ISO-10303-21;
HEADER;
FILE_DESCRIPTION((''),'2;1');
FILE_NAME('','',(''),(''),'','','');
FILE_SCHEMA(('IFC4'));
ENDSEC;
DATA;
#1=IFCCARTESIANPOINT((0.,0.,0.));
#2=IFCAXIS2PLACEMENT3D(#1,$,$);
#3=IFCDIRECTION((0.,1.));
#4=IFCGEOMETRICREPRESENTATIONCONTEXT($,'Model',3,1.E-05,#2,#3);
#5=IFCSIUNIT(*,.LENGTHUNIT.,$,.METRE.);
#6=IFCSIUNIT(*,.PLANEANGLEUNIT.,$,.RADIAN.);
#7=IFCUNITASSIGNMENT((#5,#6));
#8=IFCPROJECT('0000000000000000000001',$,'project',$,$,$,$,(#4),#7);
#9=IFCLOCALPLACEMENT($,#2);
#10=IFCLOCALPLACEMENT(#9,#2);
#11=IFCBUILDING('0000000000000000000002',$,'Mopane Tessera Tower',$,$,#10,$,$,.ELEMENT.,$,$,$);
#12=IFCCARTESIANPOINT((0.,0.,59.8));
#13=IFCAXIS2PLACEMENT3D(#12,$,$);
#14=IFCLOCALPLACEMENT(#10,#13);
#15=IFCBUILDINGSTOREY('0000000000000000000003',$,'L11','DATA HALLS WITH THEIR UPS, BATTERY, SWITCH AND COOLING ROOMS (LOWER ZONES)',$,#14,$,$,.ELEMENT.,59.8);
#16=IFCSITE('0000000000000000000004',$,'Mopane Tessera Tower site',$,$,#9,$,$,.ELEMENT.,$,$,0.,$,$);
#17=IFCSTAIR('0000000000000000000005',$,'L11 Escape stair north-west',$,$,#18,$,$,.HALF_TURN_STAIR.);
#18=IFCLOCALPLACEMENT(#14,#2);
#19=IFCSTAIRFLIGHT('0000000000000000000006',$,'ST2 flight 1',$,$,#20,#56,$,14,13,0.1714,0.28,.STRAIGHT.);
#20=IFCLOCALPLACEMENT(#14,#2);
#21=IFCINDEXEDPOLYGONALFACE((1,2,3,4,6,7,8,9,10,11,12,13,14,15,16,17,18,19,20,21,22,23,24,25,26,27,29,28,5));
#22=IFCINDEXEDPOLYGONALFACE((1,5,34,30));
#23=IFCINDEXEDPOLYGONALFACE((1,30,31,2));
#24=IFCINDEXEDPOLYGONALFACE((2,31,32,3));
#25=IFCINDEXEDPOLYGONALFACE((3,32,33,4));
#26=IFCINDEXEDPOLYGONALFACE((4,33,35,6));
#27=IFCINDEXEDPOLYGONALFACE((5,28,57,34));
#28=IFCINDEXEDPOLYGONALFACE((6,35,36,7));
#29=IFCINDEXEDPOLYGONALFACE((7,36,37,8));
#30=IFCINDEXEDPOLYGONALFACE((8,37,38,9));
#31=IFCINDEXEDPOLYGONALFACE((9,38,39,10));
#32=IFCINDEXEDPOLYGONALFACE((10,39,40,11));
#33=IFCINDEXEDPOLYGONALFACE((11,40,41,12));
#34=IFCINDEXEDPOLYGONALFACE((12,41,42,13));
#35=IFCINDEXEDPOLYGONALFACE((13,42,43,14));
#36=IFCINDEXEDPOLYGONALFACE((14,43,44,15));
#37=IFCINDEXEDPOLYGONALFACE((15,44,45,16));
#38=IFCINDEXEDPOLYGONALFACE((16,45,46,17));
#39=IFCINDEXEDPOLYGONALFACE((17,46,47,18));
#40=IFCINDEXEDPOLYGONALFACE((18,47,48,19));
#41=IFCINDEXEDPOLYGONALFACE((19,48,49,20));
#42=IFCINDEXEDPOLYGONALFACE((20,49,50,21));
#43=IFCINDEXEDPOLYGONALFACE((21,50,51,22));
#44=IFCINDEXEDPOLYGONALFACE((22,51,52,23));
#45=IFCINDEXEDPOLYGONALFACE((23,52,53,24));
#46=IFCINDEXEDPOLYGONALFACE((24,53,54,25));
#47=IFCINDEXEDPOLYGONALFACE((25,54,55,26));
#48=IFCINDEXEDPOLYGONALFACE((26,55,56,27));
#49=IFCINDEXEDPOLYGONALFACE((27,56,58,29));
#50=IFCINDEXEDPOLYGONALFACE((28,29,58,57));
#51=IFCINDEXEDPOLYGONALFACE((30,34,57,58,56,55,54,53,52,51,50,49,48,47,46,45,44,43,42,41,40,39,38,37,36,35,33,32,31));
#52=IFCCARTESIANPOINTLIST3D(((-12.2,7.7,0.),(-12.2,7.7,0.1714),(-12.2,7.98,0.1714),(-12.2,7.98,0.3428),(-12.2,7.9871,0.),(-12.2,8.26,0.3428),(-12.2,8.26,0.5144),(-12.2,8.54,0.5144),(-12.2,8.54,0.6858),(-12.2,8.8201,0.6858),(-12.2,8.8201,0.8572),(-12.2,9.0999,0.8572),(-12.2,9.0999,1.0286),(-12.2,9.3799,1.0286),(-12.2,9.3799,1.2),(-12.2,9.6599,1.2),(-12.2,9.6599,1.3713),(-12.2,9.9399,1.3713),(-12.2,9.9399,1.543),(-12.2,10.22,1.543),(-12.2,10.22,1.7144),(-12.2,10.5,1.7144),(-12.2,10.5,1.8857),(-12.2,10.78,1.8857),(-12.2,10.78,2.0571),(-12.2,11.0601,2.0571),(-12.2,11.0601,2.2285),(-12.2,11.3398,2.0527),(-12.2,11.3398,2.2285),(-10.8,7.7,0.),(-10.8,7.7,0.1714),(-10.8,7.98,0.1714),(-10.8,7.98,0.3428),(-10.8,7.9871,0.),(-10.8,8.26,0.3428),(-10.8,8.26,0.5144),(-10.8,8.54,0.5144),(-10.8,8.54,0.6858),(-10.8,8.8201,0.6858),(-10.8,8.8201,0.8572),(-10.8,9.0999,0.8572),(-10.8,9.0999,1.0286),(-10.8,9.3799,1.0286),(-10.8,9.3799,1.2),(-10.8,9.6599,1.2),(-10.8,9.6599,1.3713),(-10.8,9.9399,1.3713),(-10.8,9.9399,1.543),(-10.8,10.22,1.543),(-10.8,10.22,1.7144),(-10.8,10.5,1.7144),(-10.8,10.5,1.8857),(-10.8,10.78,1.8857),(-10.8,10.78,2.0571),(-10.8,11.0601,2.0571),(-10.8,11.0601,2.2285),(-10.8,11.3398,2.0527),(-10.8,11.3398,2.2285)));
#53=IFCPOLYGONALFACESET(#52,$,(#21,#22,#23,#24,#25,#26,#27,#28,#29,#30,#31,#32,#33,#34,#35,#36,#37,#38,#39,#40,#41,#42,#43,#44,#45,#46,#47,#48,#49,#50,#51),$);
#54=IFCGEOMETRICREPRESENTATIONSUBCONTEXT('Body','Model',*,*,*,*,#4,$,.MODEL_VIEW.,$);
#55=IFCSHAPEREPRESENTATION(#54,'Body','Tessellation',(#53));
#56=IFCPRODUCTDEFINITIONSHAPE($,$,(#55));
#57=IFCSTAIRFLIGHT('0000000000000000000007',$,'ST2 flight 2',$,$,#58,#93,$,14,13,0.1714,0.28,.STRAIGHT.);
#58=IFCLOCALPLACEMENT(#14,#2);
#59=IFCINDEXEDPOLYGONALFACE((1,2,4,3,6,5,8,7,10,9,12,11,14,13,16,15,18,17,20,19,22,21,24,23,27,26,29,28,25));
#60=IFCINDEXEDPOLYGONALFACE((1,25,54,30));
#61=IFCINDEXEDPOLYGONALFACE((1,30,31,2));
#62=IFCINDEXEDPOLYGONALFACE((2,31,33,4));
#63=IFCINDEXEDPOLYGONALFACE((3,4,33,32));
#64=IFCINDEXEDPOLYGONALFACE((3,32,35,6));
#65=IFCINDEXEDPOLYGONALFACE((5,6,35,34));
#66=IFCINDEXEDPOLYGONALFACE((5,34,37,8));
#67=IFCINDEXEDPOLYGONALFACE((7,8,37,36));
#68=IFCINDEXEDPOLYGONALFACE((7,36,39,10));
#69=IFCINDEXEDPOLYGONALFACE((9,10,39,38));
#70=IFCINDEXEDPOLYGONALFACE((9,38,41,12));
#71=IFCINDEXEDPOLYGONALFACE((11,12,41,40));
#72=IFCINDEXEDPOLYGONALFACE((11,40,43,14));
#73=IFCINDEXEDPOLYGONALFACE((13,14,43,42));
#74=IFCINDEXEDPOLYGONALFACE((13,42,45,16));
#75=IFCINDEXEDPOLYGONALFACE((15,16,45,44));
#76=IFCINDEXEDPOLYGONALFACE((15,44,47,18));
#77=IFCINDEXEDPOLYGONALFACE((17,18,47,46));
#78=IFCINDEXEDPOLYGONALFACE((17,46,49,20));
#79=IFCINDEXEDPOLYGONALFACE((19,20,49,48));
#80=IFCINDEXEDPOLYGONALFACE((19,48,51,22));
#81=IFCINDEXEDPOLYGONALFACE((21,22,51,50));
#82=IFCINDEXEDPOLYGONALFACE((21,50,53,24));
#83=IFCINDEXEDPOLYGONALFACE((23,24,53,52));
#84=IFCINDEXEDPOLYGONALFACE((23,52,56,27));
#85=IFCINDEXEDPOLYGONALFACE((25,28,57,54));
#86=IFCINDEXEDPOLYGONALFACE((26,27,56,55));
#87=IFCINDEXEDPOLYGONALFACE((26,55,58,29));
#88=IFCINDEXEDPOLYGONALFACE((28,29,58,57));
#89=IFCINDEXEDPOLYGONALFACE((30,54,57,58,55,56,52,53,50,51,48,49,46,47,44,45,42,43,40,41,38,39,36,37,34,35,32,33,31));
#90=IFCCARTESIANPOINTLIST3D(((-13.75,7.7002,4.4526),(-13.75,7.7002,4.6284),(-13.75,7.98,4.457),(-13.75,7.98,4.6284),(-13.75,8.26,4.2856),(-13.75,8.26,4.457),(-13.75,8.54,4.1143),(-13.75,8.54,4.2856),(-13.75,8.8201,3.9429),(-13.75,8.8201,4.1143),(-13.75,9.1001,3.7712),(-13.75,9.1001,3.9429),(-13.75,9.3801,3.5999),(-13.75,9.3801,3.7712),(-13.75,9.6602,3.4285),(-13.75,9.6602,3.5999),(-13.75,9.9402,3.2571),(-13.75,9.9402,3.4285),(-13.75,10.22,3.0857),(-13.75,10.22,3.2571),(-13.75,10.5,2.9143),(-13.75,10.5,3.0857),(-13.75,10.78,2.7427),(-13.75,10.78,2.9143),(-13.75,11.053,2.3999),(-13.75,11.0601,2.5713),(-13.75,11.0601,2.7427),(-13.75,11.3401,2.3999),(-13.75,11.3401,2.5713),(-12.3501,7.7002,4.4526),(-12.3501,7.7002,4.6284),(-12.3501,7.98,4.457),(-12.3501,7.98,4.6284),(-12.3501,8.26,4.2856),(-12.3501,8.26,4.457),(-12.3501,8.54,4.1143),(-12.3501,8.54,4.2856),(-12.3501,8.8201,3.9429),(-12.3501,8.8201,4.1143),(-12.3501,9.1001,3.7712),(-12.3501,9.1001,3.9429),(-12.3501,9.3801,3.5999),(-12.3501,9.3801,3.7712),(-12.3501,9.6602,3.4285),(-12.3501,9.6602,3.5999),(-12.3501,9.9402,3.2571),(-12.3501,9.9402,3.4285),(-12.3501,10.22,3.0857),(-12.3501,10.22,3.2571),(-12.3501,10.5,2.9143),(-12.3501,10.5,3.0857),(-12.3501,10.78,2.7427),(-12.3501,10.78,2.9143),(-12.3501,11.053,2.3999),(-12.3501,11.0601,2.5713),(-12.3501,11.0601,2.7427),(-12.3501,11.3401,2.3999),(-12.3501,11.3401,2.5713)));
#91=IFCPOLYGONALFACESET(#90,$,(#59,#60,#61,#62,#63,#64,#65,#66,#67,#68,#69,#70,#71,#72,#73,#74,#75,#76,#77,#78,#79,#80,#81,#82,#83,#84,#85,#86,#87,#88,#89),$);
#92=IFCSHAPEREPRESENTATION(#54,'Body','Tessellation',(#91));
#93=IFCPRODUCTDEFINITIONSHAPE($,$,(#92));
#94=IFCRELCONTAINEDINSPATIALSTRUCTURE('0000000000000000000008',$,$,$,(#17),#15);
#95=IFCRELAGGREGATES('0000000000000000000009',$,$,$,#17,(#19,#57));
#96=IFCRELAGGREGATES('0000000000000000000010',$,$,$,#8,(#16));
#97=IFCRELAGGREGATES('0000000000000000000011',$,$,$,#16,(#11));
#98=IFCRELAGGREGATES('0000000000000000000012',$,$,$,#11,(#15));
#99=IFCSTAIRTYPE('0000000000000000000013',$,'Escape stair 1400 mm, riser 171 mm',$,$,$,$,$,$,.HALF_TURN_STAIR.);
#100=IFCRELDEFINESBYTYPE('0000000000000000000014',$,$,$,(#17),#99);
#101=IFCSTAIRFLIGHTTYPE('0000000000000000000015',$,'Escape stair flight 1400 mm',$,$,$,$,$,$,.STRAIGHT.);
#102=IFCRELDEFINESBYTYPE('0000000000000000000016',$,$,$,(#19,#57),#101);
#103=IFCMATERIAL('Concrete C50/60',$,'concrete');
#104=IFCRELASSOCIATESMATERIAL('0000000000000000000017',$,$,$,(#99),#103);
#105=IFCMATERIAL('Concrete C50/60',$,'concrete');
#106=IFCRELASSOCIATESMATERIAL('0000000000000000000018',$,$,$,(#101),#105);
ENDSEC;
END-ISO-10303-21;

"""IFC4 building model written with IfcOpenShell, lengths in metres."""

from ifc_helpers import new_model, si_unit, direction, frame, origin, place, context, subcontext, project, spatial, polyline, outline, extrude, material, type_object, element, aggregate, save


model = new_model("IFC4")

# Units and contexts
model_context = context("Model", 3, precision=1e-05, world=origin(), true_north=direction((0.0, 1.0)))
body_context = subcontext(model_context, "Body", "Model", "MODEL_VIEW")
ifc_project = project(units=[si_unit("LENGTHUNIT", "METRE"), si_unit("PLANEANGLEUNIT", "RADIAN")], contexts=[model_context])

# Site, building, storey
site_placement = place(None, origin())
site = spatial("IfcSite", under=ifc_project, at=site_placement, Name="Mopane Tessera Tower site", CompositionType="ELEMENT", RefElevation=0.0)
building_placement = place(site_placement, origin())
building = spatial("IfcBuilding", under=site, at=building_placement, Name="Mopane Tessera Tower", CompositionType="ELEMENT")
storey_placement = place(building_placement, frame((0.0, 0.0, 59.8)))
storey = spatial("IfcBuildingStorey", under=building, at=storey_placement, Name="L11", Description="DATA HALLS WITH THEIR UPS, BATTERY, SWITCH AND COOLING ROOMS (LOWER ZONES)", CompositionType="ELEMENT", Elevation=59.8)

# Stair, stair flights
ifc_material_1 = material(Name="Concrete C50/60", Category="concrete")
stair_type = type_object("IfcStairType", Name="Escape stair 1400 mm, riser 171 mm", PredefinedType="HALF_TURN_STAIR", material=ifc_material_1)
stair_placement = place(storey_placement, origin())
stair = element("IfcStair", 1, at=stair_placement, inside=storey, type_object=stair_type, Name="L11 Escape stair north-west", PredefinedType="HALF_TURN_STAIR")
ifc_material_2 = material(Name="Concrete C50/60", Category="concrete")
stair_flight_type = type_object("IfcStairFlightType", Name="Escape stair flight 1400 mm", PredefinedType="STRAIGHT", material=ifc_material_2)
stair_flight_1_placement = place(storey_placement, frame((-11.5, 7.7, 0.0), z_axis=(0.0, 0.0, 1.0), x_axis=(0.0, 1.0, 0.0)))
stair_flight_1 = element("IfcStairFlight", 2, at=stair_flight_1_placement, type_object=stair_flight_type, Name="ST2 flight 1", NumberOfRisers=14, NumberOfTreads=13, PredefinedType="STRAIGHT", RiserHeight=0.1714, TreadLength=0.28, context=body_context, shape_type="SweptSolid", body=[
    extrude(outline(polyline([(0.0, 0.0), (0.0, 0.1714), (0.28, 0.1714), (0.28, 0.3428), (0.5601, 0.3428), (0.5601, 0.5144), (0.8401, 0.5144), (0.8401, 0.6858), (1.1201, 0.6858), (1.1201, 0.8572), (1.3999, 0.8572), (1.3999, 1.0286), (1.6799, 1.0286), (1.6799, 1.2), (1.96, 1.2), (1.96, 1.3713), (2.24, 1.3713), (2.24, 1.543), (2.52, 1.543), (2.52, 1.7144), (2.8, 1.7144), (2.8, 1.8857), (3.0801, 1.8857), (3.0801, 2.0571), (3.3601, 2.0571), (3.3601, 2.2285), (3.6399, 2.2285), (3.6399, 2.3999), (3.6399, 2.0527), (0.2871, 0.0), (0.0, 0.0)])), frame((0.0, 0.7, 0.0), z_axis=(0.0, -1.0, 0.0), x_axis=(1.0, 0.0, 0.0)), (0.0, 0.0, 1.0), 1.3999),
])
stair_flight_2_placement = place(storey_placement, frame((-13.05, 11.3401, 2.3999), z_axis=(0.0, 0.0, 1.0), x_axis=(0.0, -1.0, 0.0)))
stair_flight_2 = element("IfcStairFlight", 3, at=stair_flight_2_placement, type_object=stair_flight_type, Name="ST2 flight 2", NumberOfRisers=14, NumberOfTreads=13, PredefinedType="STRAIGHT", RiserHeight=0.1714, TreadLength=0.28, context=body_context, shape_type="SweptSolid", body=[
    extrude(outline(polyline([(0.0, 0.0), (0.0, 0.1714), (0.28, 0.1714), (0.28, 0.3428), (0.5601, 0.3428), (0.5601, 0.5144), (0.8401, 0.5144), (0.8401, 0.6858), (1.1201, 0.6858), (1.1201, 0.8572), (1.3999, 0.8572), (1.3999, 1.0286), (1.6799, 1.0286), (1.6799, 1.2), (1.96, 1.2), (1.96, 1.3713), (2.24, 1.3713), (2.24, 1.543), (2.52, 1.543), (2.52, 1.7144), (2.8, 1.7144), (2.8, 1.8857), (3.0801, 1.8857), (3.0801, 2.0571), (3.3601, 2.0571), (3.3601, 2.2285), (3.6399, 2.2285), (3.6399, 2.3999), (3.6399, 2.0527), (0.2871, 0.0), (0.0, 0.0)])), frame((0.0, 0.7, 0.0), z_axis=(0.0, -1.0, 0.0), x_axis=(1.0, 0.0, 0.0)), (0.0, 0.0, 1.0), 1.3999),
])
aggregate(stair, [stair_flight_1, stair_flight_2])

save(model, "model.ifc")
